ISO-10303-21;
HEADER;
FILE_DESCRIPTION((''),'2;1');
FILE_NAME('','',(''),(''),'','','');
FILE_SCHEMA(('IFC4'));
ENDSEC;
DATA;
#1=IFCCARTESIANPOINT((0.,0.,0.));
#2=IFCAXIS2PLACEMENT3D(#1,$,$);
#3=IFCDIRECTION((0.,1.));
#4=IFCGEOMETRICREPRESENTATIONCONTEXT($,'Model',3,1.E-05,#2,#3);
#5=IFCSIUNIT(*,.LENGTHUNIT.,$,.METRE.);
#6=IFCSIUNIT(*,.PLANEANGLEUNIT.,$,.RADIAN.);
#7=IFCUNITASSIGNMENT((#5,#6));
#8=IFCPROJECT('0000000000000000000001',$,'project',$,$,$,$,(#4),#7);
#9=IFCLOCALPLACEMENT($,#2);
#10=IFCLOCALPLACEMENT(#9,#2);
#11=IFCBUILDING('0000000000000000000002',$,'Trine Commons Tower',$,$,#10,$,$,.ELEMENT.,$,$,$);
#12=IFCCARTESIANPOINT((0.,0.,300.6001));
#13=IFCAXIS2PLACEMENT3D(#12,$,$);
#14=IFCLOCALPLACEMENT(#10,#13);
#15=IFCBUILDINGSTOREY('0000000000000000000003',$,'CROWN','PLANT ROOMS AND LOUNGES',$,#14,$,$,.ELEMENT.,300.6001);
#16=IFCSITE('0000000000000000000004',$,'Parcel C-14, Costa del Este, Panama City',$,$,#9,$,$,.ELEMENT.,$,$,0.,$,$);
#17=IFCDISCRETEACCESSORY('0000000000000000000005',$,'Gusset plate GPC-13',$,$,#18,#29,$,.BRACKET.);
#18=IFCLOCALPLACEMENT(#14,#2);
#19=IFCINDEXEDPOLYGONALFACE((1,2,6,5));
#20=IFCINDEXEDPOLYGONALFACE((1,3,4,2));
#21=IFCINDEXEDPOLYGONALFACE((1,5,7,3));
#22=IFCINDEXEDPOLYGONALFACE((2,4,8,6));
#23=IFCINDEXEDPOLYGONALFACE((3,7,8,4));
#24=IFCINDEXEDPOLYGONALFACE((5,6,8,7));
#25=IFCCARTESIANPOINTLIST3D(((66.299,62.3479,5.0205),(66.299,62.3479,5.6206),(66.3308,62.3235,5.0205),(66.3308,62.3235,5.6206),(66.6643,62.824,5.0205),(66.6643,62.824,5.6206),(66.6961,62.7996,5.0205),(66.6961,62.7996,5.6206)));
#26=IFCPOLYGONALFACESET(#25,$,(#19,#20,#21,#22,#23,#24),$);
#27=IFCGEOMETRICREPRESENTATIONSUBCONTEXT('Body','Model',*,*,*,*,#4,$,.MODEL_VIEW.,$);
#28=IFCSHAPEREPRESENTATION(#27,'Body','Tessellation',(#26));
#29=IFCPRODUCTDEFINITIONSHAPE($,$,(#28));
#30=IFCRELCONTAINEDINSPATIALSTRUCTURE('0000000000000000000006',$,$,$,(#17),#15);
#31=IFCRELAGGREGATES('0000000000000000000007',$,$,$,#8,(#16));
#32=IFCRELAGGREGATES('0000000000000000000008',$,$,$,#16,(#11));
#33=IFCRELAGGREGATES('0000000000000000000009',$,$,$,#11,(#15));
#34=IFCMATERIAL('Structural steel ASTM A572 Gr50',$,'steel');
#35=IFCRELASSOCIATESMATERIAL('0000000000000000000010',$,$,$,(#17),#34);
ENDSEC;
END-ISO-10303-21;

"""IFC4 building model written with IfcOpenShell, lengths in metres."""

from ifc_helpers import new_model, si_unit, direction, frame, origin, origin_2d, place, context, subcontext, project, spatial, rectangle, extrude, material, element, save


model = new_model("IFC4")

# Units and contexts
model_context = context("Model", 3, precision=1e-05, world=origin(), true_north=direction((0.0, 1.0)))
body_context = subcontext(model_context, "Body", "Model", "MODEL_VIEW")
ifc_project = project(units=[si_unit("LENGTHUNIT", "METRE"), si_unit("PLANEANGLEUNIT", "RADIAN")], contexts=[model_context])

# Site, building, storey
site_placement = place(None, origin())
site = spatial("IfcSite", under=ifc_project, at=site_placement, Name="Parcel C-14, Costa del Este, Panama City", CompositionType="ELEMENT", RefElevation=0.0)
building_placement = place(site_placement, origin())
building = spatial("IfcBuilding", under=site, at=building_placement, Name="Trine Commons Tower", CompositionType="ELEMENT")
storey_placement = place(building_placement, frame((0.0, 0.0, 300.6001)))
storey = spatial("IfcBuildingStorey", under=building, at=storey_placement, Name="CROWN", Description="PLANT ROOMS AND LOUNGES", CompositionType="ELEMENT", Elevation=300.6001)

# Discrete accessory
ifc_material_1 = material(Name="Structural steel ASTM A572 Gr50", Category="steel")
discrete_accessory_placement = place(storey_placement, frame((66.4976, 62.5737, 5.0205), z_axis=(0.0, 0.0, 1.0), x_axis=(0.60876, 0.793354, 0.0)))
element("IfcDiscreteAccessory", 1, at=discrete_accessory_placement, inside=storey, material=ifc_material_1, Name="Gusset plate GPC-13", PredefinedType="BRACKET", context=body_context, shape_type="SweptSolid", body=[
    extrude(rectangle(XDim=0.6001, YDim=0.04, at=origin_2d()), origin(), (0.0, 0.0, 1.0), 0.6001),
])

save(model, "model.ifc")
